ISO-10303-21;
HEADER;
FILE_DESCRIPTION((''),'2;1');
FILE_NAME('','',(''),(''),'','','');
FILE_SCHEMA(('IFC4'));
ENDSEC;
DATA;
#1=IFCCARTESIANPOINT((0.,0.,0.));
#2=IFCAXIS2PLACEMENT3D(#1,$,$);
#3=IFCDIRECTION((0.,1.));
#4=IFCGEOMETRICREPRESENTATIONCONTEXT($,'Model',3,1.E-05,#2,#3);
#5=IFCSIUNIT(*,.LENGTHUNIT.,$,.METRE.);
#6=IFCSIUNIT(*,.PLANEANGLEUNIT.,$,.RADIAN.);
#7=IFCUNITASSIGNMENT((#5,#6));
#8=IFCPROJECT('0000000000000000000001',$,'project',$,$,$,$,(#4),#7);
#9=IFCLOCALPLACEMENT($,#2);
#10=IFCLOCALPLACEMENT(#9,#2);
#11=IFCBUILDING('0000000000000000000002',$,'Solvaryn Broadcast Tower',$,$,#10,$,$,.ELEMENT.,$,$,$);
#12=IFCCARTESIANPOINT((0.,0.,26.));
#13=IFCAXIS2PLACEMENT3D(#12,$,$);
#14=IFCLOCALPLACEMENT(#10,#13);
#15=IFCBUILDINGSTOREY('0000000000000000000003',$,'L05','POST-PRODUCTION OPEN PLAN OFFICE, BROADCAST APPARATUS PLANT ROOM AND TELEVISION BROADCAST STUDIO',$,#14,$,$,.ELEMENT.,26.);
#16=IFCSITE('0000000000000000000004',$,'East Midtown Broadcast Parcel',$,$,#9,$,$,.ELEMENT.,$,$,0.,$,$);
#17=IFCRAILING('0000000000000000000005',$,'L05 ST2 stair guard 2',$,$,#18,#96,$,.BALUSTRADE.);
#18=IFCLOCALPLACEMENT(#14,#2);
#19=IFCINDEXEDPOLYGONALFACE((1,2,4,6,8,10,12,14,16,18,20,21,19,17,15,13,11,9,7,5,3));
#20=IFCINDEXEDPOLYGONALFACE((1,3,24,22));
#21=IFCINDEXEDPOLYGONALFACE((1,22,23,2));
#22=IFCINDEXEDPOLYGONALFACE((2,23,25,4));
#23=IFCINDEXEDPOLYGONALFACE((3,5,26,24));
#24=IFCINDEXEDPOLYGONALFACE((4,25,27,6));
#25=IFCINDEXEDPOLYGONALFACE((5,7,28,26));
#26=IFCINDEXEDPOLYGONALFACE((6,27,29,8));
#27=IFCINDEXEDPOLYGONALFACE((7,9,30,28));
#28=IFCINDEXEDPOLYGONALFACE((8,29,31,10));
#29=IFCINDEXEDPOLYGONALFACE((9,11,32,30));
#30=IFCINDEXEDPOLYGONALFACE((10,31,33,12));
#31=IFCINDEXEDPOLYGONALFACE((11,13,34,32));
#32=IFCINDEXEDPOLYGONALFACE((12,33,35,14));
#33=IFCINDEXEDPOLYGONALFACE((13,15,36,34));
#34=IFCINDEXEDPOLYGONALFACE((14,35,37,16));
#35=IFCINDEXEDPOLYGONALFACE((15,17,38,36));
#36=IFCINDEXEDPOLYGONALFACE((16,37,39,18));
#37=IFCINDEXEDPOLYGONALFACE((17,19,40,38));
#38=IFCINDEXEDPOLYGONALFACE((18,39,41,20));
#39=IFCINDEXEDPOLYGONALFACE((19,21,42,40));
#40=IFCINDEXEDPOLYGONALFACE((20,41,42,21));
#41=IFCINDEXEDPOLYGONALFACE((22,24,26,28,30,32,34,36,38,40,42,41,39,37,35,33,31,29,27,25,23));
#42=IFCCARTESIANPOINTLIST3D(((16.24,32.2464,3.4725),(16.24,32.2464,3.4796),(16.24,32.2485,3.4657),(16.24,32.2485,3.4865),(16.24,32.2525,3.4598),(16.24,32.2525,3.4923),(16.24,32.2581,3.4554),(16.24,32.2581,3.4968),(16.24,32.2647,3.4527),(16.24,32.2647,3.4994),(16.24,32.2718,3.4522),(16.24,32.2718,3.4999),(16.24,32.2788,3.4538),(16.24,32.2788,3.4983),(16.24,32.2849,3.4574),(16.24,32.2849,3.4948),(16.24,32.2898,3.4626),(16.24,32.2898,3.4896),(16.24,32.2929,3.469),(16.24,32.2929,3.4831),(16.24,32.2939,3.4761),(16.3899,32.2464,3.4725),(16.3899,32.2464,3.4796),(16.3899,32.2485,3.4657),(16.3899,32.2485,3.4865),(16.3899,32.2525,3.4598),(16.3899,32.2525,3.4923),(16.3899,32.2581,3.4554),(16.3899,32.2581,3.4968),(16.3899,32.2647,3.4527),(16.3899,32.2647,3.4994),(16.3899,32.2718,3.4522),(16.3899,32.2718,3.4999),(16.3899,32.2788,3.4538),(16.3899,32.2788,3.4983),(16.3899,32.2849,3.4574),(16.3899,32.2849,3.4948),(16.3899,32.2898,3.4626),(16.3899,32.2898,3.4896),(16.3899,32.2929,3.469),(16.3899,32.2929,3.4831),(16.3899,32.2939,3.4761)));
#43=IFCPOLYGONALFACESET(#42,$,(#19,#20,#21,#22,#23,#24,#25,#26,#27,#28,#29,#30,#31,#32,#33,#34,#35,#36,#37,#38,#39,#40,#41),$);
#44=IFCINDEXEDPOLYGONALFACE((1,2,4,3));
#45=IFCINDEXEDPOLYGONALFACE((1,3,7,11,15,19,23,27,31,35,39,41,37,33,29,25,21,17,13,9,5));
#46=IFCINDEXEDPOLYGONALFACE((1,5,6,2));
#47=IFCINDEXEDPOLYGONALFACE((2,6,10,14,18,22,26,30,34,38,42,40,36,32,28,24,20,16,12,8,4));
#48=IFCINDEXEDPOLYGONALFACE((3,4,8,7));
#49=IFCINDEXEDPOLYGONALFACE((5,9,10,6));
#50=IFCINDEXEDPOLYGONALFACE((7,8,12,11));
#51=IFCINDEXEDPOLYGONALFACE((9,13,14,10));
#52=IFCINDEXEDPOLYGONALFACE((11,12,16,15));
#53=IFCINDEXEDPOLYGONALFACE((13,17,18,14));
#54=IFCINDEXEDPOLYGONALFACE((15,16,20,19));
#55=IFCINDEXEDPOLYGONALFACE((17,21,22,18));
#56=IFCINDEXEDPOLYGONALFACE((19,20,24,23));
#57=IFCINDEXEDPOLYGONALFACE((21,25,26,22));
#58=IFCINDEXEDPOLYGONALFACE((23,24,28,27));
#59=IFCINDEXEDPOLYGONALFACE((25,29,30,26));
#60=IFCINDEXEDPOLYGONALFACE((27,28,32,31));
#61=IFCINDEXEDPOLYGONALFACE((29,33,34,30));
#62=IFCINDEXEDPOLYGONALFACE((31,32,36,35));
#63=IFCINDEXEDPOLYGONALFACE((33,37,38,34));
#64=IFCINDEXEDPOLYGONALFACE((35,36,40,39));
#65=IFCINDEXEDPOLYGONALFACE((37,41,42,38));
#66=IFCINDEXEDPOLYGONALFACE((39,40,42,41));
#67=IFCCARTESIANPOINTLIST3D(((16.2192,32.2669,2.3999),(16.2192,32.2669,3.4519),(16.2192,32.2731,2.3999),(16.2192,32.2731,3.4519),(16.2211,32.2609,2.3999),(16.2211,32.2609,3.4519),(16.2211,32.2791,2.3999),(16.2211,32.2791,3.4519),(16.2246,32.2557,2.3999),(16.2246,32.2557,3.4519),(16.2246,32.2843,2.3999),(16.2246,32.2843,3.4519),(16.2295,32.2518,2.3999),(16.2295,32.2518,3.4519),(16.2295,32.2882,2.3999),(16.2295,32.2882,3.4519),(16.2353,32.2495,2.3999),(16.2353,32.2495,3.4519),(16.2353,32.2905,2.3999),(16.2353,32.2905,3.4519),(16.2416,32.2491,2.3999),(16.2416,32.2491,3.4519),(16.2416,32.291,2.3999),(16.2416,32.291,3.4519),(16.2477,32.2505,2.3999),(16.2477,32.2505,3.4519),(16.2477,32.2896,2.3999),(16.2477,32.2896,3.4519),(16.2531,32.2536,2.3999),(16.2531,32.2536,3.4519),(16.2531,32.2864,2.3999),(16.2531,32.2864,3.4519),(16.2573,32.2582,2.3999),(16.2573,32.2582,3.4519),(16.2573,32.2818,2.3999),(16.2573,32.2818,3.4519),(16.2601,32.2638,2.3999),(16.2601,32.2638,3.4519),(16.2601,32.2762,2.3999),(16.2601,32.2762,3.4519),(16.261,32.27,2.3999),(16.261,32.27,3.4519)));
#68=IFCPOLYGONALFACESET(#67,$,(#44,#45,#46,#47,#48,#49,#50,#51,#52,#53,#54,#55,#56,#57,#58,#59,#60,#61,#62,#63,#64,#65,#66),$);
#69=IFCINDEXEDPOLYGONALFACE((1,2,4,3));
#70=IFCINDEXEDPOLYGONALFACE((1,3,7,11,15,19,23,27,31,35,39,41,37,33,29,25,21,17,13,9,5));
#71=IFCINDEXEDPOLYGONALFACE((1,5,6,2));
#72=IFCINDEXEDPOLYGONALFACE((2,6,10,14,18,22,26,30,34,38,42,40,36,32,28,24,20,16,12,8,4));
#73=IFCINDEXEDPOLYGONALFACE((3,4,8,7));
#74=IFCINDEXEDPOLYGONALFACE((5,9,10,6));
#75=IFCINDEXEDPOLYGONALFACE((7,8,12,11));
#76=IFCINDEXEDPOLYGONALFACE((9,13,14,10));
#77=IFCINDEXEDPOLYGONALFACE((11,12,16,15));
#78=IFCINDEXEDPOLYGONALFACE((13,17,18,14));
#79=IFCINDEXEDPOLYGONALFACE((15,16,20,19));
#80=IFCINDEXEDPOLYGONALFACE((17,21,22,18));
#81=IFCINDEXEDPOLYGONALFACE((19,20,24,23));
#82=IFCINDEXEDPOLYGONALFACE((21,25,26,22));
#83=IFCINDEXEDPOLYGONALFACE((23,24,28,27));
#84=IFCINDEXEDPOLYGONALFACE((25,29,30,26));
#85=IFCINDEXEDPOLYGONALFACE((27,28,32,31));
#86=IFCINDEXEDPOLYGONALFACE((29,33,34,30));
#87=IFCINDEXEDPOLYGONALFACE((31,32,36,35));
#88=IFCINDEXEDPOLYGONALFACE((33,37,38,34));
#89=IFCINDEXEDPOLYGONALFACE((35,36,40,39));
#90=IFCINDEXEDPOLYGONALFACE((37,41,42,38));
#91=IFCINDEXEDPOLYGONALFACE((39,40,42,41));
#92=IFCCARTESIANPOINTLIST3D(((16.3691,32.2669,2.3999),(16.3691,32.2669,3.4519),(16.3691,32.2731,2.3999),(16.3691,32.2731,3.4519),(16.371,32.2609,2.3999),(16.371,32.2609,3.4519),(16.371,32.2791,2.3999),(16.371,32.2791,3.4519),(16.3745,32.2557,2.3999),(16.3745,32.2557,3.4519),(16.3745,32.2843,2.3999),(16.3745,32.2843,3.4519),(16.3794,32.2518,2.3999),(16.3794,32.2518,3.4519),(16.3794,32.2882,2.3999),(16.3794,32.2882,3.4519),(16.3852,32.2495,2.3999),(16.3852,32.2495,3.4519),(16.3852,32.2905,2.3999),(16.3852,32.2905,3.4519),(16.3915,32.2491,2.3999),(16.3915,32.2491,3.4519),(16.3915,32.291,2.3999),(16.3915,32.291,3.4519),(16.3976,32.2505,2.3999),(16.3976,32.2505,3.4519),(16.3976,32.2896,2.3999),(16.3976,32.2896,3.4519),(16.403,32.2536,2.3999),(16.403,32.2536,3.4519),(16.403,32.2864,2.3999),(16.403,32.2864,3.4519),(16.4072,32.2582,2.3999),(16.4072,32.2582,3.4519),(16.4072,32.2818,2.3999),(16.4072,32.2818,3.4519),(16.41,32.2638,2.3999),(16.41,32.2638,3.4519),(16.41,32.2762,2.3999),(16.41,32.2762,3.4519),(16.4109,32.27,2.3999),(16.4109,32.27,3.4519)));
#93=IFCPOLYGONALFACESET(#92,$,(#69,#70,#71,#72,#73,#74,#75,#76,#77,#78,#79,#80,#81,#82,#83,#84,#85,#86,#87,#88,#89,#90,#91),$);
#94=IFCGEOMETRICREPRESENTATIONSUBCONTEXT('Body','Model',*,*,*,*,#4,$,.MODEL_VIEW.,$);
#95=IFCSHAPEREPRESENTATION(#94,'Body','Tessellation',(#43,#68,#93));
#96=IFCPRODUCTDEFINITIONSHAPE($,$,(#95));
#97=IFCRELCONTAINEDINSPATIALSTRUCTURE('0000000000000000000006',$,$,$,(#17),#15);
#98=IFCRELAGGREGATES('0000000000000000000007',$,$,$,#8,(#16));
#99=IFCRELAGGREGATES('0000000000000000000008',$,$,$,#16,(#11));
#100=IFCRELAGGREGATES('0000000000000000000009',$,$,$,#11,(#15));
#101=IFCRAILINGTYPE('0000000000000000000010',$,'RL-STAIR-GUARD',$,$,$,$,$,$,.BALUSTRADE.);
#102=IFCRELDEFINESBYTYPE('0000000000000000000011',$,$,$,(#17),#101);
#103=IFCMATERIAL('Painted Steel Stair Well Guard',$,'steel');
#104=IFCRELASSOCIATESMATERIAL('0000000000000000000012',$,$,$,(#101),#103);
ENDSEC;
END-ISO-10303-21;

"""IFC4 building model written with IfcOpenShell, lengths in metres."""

from ifc_helpers import new_model, si_unit, direction, frame, origin, origin_2d, place, context, subcontext, project, spatial, circle, extrude, material, type_object, element, save


model = new_model("IFC4")

# Units and contexts
model_context = context("Model", 3, precision=1e-05, world=origin(), true_north=direction((0.0, 1.0)))
body_context = subcontext(model_context, "Body", "Model", "MODEL_VIEW")
ifc_project = project(units=[si_unit("LENGTHUNIT", "METRE"), si_unit("PLANEANGLEUNIT", "RADIAN")], contexts=[model_context])

# Site, building, storey
site_placement = place(None, origin())
site = spatial("IfcSite", under=ifc_project, at=site_placement, Name="East Midtown Broadcast Parcel", CompositionType="ELEMENT", RefElevation=0.0)
building_placement = place(site_placement, origin())
building = spatial("IfcBuilding", under=site, at=building_placement, Name="Solvaryn Broadcast Tower", CompositionType="ELEMENT")
storey_placement = place(building_placement, frame((0.0, 0.0, 26.0)))
storey = spatial("IfcBuildingStorey", under=building, at=storey_placement, Name="L05", Description="POST-PRODUCTION OPEN PLAN OFFICE, BROADCAST APPARATUS PLANT ROOM AND TELEVISION BROADCAST STUDIO", CompositionType="ELEMENT", Elevation=26.0)

# Railing
ifc_material_1 = material(Name="Painted Steel Stair Well Guard", Category="steel")
railing_type_1 = type_object("IfcRailingType", Name="RL-STAIR-GUARD", PredefinedType="BALUSTRADE", material=ifc_material_1)
railing_1_placement = place(storey_placement, frame((16.24, 32.27, 2.3999)))
element("IfcRailing", 1, at=railing_1_placement, inside=storey, type_object=railing_type_1, Name="L05 ST2 stair guard 2", PredefinedType="BALUSTRADE", context=body_context, shape_type="SweptSolid", body=[
    extrude(circle(Radius=0.0239, at=origin_2d()), frame((0.0, 0.0, 1.0762), z_axis=(1.0, 0.0, 0.0), x_axis=(0.0, 1.0, 0.0)), (0.0, 0.0, 1.0), 0.1499),
    extrude(circle(Radius=0.021, at=origin_2d()), origin(), (0.0, 0.0, 1.0), 1.052),
    extrude(circle(Radius=0.021, at=origin_2d()), frame((0.1499, 0.0, 0.0)), (0.0, 0.0, 1.0), 1.052),
])

save(model, "model.ifc")
